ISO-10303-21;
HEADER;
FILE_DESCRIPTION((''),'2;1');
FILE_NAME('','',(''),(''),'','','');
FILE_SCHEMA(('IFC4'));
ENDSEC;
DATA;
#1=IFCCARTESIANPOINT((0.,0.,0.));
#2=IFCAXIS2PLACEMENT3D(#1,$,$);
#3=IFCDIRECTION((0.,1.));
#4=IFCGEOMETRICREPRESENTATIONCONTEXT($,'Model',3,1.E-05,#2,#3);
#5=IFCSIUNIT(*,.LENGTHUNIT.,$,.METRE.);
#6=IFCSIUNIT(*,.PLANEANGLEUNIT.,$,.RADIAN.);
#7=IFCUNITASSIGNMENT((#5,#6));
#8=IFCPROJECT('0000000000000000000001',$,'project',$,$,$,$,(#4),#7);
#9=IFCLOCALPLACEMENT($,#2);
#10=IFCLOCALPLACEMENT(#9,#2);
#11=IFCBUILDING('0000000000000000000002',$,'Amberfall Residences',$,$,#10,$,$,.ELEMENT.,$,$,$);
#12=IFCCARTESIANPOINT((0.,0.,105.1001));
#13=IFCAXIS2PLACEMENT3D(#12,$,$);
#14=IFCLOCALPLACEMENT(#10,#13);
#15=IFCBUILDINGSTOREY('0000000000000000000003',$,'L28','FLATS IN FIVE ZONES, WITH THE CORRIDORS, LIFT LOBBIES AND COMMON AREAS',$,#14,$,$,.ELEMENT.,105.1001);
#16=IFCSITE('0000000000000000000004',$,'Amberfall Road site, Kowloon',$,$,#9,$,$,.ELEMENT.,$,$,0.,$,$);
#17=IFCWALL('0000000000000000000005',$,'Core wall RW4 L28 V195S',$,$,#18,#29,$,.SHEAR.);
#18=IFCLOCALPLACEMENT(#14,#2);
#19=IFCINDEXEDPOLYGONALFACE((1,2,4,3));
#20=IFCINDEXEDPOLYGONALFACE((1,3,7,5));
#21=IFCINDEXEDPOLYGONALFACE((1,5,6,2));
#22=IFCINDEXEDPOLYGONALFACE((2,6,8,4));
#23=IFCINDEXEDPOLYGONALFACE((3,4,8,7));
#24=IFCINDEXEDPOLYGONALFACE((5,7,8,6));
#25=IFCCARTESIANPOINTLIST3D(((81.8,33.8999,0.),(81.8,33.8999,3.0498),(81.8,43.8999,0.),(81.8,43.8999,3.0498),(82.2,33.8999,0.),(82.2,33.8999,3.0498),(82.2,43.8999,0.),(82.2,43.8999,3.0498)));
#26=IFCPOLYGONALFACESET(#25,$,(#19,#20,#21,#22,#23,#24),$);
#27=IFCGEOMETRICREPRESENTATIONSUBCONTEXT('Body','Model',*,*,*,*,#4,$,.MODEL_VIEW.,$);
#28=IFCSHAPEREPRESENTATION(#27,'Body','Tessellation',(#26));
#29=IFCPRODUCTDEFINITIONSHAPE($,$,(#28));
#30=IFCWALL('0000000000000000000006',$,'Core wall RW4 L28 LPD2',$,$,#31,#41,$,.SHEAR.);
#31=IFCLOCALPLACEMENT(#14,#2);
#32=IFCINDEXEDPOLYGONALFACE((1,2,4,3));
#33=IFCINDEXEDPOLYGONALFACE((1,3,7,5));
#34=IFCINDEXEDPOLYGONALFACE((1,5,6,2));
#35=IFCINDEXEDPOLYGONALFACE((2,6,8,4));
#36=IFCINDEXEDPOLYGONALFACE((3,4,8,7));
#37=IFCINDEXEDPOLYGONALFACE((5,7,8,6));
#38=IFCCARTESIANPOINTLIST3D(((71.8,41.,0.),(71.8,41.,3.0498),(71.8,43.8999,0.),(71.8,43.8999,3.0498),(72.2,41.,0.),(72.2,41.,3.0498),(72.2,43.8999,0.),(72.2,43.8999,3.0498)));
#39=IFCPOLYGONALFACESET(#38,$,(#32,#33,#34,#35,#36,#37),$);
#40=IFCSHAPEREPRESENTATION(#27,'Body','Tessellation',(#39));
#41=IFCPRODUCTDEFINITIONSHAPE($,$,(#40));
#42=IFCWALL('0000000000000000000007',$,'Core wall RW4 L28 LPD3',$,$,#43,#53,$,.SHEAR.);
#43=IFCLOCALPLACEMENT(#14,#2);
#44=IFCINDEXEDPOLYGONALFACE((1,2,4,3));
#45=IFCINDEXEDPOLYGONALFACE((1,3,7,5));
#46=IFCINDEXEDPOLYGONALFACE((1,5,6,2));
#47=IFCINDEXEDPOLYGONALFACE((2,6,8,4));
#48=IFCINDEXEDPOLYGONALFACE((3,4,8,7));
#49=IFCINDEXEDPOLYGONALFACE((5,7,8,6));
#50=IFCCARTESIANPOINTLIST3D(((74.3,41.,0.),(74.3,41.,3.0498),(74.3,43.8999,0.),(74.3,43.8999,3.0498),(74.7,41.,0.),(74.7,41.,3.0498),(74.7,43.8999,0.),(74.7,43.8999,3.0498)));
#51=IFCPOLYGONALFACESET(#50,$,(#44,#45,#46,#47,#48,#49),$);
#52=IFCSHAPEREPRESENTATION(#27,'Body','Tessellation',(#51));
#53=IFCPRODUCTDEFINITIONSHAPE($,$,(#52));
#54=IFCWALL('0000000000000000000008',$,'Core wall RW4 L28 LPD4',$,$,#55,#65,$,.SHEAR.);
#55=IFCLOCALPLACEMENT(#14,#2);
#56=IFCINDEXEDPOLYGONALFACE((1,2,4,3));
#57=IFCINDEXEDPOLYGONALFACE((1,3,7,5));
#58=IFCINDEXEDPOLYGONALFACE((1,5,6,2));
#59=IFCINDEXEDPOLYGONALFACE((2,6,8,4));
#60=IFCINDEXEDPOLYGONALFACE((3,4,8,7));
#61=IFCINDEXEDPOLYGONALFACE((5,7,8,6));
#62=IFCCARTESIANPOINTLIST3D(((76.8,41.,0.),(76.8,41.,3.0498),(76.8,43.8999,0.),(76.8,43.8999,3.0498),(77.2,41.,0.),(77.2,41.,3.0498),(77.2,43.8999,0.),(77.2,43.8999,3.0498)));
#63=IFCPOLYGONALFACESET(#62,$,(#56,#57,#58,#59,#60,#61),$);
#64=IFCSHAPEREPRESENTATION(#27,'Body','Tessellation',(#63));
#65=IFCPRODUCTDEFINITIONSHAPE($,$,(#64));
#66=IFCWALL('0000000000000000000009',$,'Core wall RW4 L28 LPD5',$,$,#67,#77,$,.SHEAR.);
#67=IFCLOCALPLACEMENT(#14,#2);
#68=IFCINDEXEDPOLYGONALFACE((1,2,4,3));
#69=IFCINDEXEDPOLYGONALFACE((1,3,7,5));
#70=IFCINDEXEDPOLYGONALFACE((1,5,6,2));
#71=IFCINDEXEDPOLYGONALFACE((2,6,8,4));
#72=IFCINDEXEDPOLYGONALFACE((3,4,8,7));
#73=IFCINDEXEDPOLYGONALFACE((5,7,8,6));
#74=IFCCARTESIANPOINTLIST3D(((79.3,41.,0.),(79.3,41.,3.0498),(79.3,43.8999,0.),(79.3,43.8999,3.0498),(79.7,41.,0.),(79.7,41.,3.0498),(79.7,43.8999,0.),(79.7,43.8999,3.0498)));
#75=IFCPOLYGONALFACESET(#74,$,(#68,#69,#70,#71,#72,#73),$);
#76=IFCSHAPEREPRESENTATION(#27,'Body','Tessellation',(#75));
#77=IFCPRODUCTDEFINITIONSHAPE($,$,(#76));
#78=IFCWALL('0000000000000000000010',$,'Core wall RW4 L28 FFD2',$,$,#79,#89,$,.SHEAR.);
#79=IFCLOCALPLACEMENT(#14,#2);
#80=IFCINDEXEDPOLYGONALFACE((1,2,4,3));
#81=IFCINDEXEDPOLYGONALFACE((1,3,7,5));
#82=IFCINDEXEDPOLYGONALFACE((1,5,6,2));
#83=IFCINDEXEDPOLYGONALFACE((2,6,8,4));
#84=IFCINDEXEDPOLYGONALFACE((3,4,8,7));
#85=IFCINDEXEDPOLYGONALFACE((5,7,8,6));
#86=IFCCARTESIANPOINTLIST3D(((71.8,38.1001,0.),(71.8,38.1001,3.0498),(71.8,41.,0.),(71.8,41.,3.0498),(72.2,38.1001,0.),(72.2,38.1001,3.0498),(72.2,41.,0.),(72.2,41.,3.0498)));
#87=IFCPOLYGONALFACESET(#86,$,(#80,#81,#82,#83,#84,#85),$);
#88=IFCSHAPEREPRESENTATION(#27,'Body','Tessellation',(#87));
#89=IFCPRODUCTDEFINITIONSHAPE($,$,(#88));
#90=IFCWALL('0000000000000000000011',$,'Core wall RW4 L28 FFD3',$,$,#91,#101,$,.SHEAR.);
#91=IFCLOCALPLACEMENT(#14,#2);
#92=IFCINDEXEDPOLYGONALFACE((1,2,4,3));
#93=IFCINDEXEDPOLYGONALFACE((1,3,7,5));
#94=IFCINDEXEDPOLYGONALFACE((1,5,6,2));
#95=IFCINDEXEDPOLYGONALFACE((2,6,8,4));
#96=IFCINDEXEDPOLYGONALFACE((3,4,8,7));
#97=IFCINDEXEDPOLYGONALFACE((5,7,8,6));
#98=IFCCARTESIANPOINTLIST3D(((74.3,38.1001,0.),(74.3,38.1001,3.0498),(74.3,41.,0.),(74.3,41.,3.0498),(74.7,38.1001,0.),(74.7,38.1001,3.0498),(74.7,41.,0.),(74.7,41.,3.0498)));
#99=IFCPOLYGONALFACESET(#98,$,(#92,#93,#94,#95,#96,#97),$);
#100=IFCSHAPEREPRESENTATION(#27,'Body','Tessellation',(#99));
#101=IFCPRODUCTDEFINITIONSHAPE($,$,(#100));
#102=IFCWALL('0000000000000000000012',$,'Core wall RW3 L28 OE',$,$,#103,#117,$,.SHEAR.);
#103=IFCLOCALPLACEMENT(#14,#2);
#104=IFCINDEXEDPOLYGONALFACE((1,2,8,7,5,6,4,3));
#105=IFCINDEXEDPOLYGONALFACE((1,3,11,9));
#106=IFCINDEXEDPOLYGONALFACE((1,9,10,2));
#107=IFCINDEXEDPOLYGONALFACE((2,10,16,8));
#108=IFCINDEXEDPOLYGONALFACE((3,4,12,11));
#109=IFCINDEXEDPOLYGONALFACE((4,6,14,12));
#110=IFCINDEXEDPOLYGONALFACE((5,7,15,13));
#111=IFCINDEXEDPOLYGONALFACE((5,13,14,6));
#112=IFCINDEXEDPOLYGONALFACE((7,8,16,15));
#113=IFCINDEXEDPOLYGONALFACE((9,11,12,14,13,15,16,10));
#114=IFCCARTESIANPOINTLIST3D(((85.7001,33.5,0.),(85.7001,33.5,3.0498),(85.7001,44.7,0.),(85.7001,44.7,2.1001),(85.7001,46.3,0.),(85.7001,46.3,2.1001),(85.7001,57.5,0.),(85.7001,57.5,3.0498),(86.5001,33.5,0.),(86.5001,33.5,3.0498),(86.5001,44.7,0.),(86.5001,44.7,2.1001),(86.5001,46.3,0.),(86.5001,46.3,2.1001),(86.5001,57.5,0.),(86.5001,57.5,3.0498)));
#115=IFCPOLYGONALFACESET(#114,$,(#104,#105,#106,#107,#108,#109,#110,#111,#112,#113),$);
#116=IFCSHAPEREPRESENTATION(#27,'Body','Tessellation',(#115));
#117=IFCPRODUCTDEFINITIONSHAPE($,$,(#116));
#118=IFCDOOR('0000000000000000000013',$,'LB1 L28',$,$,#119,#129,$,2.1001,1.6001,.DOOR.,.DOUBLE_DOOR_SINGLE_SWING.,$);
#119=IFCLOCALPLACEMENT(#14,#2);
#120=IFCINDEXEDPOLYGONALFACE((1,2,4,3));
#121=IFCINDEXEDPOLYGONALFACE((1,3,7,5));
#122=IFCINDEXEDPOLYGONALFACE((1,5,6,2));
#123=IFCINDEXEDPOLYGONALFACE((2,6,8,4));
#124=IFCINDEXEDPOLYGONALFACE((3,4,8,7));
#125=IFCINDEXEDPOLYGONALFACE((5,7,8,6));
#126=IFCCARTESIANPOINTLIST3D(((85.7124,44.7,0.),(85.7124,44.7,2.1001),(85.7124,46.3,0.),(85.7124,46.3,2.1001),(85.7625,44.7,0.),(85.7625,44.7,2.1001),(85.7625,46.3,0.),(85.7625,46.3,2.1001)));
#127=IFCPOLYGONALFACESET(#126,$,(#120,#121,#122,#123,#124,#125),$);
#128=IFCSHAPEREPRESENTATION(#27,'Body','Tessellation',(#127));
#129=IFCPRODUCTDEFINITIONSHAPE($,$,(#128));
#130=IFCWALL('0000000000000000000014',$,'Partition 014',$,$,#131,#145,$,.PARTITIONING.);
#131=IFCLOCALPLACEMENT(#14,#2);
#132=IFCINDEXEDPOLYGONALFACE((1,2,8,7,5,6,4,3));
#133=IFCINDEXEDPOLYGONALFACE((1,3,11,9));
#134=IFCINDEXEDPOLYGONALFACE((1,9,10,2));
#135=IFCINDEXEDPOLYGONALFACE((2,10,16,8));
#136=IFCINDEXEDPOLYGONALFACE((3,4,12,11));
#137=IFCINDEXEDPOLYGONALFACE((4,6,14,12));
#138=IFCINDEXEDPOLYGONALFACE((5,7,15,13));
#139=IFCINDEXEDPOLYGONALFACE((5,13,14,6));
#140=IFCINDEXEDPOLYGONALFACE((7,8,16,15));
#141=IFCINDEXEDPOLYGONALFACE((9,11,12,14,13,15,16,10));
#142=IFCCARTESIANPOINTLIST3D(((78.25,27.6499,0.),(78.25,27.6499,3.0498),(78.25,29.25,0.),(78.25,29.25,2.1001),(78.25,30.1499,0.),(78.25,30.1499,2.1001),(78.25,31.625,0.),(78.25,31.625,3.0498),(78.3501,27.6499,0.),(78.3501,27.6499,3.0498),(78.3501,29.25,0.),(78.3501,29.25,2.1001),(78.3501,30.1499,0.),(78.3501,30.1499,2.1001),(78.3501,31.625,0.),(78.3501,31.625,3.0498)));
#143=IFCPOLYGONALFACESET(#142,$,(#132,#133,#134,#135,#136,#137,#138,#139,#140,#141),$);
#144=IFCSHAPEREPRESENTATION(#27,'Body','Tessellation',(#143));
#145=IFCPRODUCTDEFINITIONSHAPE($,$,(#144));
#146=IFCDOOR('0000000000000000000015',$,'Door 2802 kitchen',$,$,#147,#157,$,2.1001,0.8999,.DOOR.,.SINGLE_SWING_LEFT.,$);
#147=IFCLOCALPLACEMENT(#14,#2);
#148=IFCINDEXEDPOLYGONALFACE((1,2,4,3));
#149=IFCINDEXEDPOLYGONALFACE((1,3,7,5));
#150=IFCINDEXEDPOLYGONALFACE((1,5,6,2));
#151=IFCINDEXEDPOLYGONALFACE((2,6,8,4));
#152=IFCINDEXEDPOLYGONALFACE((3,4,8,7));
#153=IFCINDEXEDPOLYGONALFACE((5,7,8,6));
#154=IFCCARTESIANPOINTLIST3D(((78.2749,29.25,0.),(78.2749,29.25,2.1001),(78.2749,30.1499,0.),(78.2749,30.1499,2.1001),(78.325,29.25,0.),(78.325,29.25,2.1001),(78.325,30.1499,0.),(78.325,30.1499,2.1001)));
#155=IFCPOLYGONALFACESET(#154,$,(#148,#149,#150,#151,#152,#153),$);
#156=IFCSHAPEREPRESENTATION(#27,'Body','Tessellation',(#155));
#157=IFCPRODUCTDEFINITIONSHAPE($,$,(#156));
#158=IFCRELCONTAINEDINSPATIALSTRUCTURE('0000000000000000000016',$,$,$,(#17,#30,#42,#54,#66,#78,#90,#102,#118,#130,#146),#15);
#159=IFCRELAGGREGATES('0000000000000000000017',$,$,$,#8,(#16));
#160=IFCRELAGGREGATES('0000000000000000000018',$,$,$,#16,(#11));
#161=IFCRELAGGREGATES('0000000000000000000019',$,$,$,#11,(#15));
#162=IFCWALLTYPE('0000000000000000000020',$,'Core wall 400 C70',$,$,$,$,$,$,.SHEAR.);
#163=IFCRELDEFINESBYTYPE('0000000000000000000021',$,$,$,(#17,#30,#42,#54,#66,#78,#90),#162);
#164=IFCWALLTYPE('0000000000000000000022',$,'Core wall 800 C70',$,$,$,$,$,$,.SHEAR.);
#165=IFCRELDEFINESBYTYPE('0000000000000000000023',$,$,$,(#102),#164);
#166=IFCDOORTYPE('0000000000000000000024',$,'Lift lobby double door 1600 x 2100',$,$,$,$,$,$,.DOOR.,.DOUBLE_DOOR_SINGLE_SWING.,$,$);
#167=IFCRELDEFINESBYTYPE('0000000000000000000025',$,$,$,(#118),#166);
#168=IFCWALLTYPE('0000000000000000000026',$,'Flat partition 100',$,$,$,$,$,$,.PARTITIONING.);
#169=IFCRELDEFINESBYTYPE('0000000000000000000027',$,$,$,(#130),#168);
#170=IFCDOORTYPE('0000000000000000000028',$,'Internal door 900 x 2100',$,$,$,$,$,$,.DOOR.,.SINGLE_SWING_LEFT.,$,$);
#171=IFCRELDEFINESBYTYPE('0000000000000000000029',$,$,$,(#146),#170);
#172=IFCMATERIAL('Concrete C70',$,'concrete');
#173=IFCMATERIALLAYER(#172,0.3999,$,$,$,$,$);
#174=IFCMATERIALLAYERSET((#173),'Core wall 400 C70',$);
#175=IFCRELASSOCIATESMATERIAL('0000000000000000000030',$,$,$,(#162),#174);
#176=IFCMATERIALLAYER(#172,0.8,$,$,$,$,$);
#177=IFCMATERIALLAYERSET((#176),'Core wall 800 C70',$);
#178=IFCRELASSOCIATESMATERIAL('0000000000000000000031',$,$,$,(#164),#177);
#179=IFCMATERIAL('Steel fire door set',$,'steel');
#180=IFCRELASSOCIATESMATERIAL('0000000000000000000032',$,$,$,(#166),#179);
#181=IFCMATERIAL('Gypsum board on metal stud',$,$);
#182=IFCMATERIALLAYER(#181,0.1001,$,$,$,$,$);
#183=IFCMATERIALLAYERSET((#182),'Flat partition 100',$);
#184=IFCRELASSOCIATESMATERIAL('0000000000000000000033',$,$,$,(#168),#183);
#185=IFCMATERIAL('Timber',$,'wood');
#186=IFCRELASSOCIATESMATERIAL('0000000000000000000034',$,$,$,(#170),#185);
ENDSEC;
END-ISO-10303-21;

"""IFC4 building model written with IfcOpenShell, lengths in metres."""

from ifc_helpers import new_model, si_unit, direction, frame, frame_2d, origin, place, context, subcontext, project, spatial, rectangle, extrude, material, layer, layer_set, type_object, element, fill, save


model = new_model("IFC4")

# Units and contexts
model_context = context("Model", 3, precision=1e-05, world=origin(), true_north=direction((0.0, 1.0)))
body_context = subcontext(model_context, "Body", "Model", "MODEL_VIEW")
ifc_project = project(units=[si_unit("LENGTHUNIT", "METRE"), si_unit("PLANEANGLEUNIT", "RADIAN")], contexts=[model_context])

# Site, building, storey
site_placement = place(None, origin())
site = spatial("IfcSite", under=ifc_project, at=site_placement, Name="Amberfall Road site, Kowloon", CompositionType="ELEMENT", RefElevation=0.0)
building_placement = place(site_placement, origin())
building = spatial("IfcBuilding", under=site, at=building_placement, Name="Amberfall Residences", CompositionType="ELEMENT")
storey_placement = place(building_placement, frame((0.0, 0.0, 105.1001)))
storey = spatial("IfcBuildingStorey", under=building, at=storey_placement, Name="L28", Description="FLATS IN FIVE ZONES, WITH THE CORRIDORS, LIFT LOBBIES AND COMMON AREAS", CompositionType="ELEMENT", Elevation=105.1001)

# Walls
ifc_material_1 = material(Name="Concrete C70", Category="concrete")
ifc_layer_1 = layer(ifc_material_1, 0.3999)
ifc_layer_set_1 = layer_set([ifc_layer_1], Name="Core wall 400 C70")
wall_type_1 = type_object("IfcWallType", Name="Core wall 400 C70", PredefinedType="SHEAR", material=ifc_layer_set_1)
wall_1_placement = place(storey_placement, frame((82.0, 33.8999, 0.0), z_axis=(0.0, 0.0, 1.0), x_axis=(0.0, 1.0, 0.0)))
element("IfcWall", 1, at=wall_1_placement, inside=storey, type_object=wall_type_1, Name="Core wall RW4 L28 V195S", PredefinedType="SHEAR", context=body_context, shape_type="SweptSolid", body=[
    extrude(rectangle(XDim=10.0, YDim=0.3999, at=frame_2d((5.0, 0.0))), origin(), (0.0, 0.0, 1.0), 3.0498),
])
for number, where, z_axis, x_axis, name in (
    (2, (72.0, 41.0, 0.0), (0.0, 0.0, 1.0), (0.0, 1.0, 0.0), "Core wall RW4 L28 LPD2"),
    (3, (74.5, 41.0, 0.0), (0.0, 0.0, 1.0), (0.0, 1.0, 0.0), "Core wall RW4 L28 LPD3"),
    (4, (77.0, 41.0, 0.0), (0.0, 0.0, 1.0), (0.0, 1.0, 0.0), "Core wall RW4 L28 LPD4"),
    (5, (79.5, 41.0, 0.0), (0.0, 0.0, 1.0), (0.0, 1.0, 0.0), "Core wall RW4 L28 LPD5"),
    (6, (72.0, 38.1001, 0.0), (0.0, 0.0, 1.0), (0.0, 1.0, 0.0), "Core wall RW4 L28 FFD2"),
    (7, (74.5, 38.1001, 0.0), (0.0, 0.0, 1.0), (0.0, 1.0, 0.0), "Core wall RW4 L28 FFD3"),
):
    element("IfcWall", number, at=place(storey_placement, frame(where, z_axis=z_axis, x_axis=x_axis)), inside=storey, type_object=wall_type_1, Name=name, PredefinedType="SHEAR", context=body_context, shape_type="SweptSolid", body=[
        extrude(rectangle(XDim=2.8999, YDim=0.3999, at=frame_2d((1.45, 0.0))), origin(), (0.0, 0.0, 1.0), 3.0498),
    ])

# Walls, openings, doors
ifc_layer_2 = layer(ifc_material_1, 0.8)
ifc_layer_set_2 = layer_set([ifc_layer_2], Name="Core wall 800 C70")
wall_type_2 = type_object("IfcWallType", Name="Core wall 800 C70", PredefinedType="SHEAR", material=ifc_layer_set_2)
wall_2_placement = place(storey_placement, frame((86.1001, 33.5, 0.0), z_axis=(0.0, 0.0, 1.0), x_axis=(0.0, 1.0, 0.0)))
wall_2 = element("IfcWall", 8, at=wall_2_placement, inside=storey, type_object=wall_type_2, Name="Core wall RW3 L28 OE", PredefinedType="SHEAR", context=body_context, shape_type="SweptSolid", body=[
    extrude(rectangle(XDim=24.0, YDim=0.8, at=frame_2d((12.0, 0.0))), origin(), (0.0, 0.0, 1.0), 3.0498),
])
opening_1_placement = place(wall_2_placement, frame((11.2, 0.0, 0.0)))
opening_1 = element("IfcOpeningElement", 9, at=opening_1_placement, cuts=wall_2, PredefinedType="OPENING", context=body_context, shape_type="SweptSolid", body=[
    extrude(rectangle(XDim=1.6001, YDim=2.1001, at=frame_2d((0.8, 1.05))), frame((0.0, 0.4099, 0.0), z_axis=(0.0, -1.0, 0.0), x_axis=(1.0, 0.0, 0.0)), (0.0, 0.0, 1.0), 0.8201),
])
ifc_material_2 = material(Name="Steel fire door set", Category="steel")
door_type_1 = type_object("IfcDoorType", Name="Lift lobby double door 1600 x 2100", OperationType="DOUBLE_DOOR_SINGLE_SWING", PredefinedType="DOOR", material=ifc_material_2)
door_1_placement = place(opening_1_placement, origin())
door_1 = element("IfcDoor", 10, at=door_1_placement, inside=storey, type_object=door_type_1, Name="LB1 L28", OperationType="DOUBLE_DOOR_SINGLE_SWING", OverallHeight=2.1001, OverallWidth=1.6001, PredefinedType="DOOR", context=body_context, shape_type="SweptSolid", body=[
    extrude(rectangle(XDim=1.6001, YDim=2.1001, at=frame_2d((0.8, 1.05))), frame((0.0, 0.3877, 0.0), z_axis=(0.0, -1.0, 0.0), x_axis=(1.0, 0.0, 0.0)), (0.0, 0.0, 1.0), 0.05),
])
fill(opening_1, door_1)
ifc_material_3 = material(Name="Gypsum board on metal stud")
ifc_layer_3 = layer(ifc_material_3, 0.1001)
ifc_layer_set_3 = layer_set([ifc_layer_3], Name="Flat partition 100")
wall_type_3 = type_object("IfcWallType", Name="Flat partition 100", PredefinedType="PARTITIONING", material=ifc_layer_set_3)
wall_3_placement = place(storey_placement, frame((78.3, 31.625, 0.0), z_axis=(0.0, 0.0, 1.0), x_axis=(0.0, -1.0, 0.0)))
wall_3 = element("IfcWall", 11, at=wall_3_placement, inside=storey, type_object=wall_type_3, Name="Partition 014", PredefinedType="PARTITIONING", context=body_context, shape_type="SweptSolid", body=[
    extrude(rectangle(XDim=3.9751, YDim=0.1001, at=frame_2d((1.9875, 0.0))), origin(), (0.0, 0.0, 1.0), 3.0498),
])
opening_2_placement = place(wall_3_placement, frame((1.4751, 0.0, 0.0)))
opening_2 = element("IfcOpeningElement", 12, at=opening_2_placement, cuts=wall_3, PredefinedType="OPENING", context=body_context, shape_type="SweptSolid", body=[
    extrude(rectangle(XDim=0.8999, YDim=2.1001, at=frame_2d((0.45, 1.05))), frame((0.0, 0.0601, 0.0), z_axis=(0.0, -1.0, 0.0), x_axis=(1.0, 0.0, 0.0)), (0.0, 0.0, 1.0), 0.1201),
])
ifc_material_4 = material(Name="Timber", Category="wood")
door_type_2 = type_object("IfcDoorType", Name="Internal door 900 x 2100", OperationType="SINGLE_SWING_LEFT", PredefinedType="DOOR", material=ifc_material_4)
door_2_placement = place(opening_2_placement, origin())
door_2 = element("IfcDoor", 13, at=door_2_placement, inside=storey, type_object=door_type_2, Name="Door 2802 kitchen", OperationType="SINGLE_SWING_LEFT", OverallHeight=2.1001, OverallWidth=0.8999, PredefinedType="DOOR", context=body_context, shape_type="SweptSolid", body=[
    extrude(rectangle(XDim=0.8999, YDim=2.1001, at=frame_2d((0.45, 1.05))), frame((0.0, 0.0249, 0.0), z_axis=(0.0, -1.0, 0.0), x_axis=(1.0, 0.0, 0.0)), (0.0, 0.0, 1.0), 0.05),
])
fill(opening_2, door_2)

save(model, "model.ifc")
